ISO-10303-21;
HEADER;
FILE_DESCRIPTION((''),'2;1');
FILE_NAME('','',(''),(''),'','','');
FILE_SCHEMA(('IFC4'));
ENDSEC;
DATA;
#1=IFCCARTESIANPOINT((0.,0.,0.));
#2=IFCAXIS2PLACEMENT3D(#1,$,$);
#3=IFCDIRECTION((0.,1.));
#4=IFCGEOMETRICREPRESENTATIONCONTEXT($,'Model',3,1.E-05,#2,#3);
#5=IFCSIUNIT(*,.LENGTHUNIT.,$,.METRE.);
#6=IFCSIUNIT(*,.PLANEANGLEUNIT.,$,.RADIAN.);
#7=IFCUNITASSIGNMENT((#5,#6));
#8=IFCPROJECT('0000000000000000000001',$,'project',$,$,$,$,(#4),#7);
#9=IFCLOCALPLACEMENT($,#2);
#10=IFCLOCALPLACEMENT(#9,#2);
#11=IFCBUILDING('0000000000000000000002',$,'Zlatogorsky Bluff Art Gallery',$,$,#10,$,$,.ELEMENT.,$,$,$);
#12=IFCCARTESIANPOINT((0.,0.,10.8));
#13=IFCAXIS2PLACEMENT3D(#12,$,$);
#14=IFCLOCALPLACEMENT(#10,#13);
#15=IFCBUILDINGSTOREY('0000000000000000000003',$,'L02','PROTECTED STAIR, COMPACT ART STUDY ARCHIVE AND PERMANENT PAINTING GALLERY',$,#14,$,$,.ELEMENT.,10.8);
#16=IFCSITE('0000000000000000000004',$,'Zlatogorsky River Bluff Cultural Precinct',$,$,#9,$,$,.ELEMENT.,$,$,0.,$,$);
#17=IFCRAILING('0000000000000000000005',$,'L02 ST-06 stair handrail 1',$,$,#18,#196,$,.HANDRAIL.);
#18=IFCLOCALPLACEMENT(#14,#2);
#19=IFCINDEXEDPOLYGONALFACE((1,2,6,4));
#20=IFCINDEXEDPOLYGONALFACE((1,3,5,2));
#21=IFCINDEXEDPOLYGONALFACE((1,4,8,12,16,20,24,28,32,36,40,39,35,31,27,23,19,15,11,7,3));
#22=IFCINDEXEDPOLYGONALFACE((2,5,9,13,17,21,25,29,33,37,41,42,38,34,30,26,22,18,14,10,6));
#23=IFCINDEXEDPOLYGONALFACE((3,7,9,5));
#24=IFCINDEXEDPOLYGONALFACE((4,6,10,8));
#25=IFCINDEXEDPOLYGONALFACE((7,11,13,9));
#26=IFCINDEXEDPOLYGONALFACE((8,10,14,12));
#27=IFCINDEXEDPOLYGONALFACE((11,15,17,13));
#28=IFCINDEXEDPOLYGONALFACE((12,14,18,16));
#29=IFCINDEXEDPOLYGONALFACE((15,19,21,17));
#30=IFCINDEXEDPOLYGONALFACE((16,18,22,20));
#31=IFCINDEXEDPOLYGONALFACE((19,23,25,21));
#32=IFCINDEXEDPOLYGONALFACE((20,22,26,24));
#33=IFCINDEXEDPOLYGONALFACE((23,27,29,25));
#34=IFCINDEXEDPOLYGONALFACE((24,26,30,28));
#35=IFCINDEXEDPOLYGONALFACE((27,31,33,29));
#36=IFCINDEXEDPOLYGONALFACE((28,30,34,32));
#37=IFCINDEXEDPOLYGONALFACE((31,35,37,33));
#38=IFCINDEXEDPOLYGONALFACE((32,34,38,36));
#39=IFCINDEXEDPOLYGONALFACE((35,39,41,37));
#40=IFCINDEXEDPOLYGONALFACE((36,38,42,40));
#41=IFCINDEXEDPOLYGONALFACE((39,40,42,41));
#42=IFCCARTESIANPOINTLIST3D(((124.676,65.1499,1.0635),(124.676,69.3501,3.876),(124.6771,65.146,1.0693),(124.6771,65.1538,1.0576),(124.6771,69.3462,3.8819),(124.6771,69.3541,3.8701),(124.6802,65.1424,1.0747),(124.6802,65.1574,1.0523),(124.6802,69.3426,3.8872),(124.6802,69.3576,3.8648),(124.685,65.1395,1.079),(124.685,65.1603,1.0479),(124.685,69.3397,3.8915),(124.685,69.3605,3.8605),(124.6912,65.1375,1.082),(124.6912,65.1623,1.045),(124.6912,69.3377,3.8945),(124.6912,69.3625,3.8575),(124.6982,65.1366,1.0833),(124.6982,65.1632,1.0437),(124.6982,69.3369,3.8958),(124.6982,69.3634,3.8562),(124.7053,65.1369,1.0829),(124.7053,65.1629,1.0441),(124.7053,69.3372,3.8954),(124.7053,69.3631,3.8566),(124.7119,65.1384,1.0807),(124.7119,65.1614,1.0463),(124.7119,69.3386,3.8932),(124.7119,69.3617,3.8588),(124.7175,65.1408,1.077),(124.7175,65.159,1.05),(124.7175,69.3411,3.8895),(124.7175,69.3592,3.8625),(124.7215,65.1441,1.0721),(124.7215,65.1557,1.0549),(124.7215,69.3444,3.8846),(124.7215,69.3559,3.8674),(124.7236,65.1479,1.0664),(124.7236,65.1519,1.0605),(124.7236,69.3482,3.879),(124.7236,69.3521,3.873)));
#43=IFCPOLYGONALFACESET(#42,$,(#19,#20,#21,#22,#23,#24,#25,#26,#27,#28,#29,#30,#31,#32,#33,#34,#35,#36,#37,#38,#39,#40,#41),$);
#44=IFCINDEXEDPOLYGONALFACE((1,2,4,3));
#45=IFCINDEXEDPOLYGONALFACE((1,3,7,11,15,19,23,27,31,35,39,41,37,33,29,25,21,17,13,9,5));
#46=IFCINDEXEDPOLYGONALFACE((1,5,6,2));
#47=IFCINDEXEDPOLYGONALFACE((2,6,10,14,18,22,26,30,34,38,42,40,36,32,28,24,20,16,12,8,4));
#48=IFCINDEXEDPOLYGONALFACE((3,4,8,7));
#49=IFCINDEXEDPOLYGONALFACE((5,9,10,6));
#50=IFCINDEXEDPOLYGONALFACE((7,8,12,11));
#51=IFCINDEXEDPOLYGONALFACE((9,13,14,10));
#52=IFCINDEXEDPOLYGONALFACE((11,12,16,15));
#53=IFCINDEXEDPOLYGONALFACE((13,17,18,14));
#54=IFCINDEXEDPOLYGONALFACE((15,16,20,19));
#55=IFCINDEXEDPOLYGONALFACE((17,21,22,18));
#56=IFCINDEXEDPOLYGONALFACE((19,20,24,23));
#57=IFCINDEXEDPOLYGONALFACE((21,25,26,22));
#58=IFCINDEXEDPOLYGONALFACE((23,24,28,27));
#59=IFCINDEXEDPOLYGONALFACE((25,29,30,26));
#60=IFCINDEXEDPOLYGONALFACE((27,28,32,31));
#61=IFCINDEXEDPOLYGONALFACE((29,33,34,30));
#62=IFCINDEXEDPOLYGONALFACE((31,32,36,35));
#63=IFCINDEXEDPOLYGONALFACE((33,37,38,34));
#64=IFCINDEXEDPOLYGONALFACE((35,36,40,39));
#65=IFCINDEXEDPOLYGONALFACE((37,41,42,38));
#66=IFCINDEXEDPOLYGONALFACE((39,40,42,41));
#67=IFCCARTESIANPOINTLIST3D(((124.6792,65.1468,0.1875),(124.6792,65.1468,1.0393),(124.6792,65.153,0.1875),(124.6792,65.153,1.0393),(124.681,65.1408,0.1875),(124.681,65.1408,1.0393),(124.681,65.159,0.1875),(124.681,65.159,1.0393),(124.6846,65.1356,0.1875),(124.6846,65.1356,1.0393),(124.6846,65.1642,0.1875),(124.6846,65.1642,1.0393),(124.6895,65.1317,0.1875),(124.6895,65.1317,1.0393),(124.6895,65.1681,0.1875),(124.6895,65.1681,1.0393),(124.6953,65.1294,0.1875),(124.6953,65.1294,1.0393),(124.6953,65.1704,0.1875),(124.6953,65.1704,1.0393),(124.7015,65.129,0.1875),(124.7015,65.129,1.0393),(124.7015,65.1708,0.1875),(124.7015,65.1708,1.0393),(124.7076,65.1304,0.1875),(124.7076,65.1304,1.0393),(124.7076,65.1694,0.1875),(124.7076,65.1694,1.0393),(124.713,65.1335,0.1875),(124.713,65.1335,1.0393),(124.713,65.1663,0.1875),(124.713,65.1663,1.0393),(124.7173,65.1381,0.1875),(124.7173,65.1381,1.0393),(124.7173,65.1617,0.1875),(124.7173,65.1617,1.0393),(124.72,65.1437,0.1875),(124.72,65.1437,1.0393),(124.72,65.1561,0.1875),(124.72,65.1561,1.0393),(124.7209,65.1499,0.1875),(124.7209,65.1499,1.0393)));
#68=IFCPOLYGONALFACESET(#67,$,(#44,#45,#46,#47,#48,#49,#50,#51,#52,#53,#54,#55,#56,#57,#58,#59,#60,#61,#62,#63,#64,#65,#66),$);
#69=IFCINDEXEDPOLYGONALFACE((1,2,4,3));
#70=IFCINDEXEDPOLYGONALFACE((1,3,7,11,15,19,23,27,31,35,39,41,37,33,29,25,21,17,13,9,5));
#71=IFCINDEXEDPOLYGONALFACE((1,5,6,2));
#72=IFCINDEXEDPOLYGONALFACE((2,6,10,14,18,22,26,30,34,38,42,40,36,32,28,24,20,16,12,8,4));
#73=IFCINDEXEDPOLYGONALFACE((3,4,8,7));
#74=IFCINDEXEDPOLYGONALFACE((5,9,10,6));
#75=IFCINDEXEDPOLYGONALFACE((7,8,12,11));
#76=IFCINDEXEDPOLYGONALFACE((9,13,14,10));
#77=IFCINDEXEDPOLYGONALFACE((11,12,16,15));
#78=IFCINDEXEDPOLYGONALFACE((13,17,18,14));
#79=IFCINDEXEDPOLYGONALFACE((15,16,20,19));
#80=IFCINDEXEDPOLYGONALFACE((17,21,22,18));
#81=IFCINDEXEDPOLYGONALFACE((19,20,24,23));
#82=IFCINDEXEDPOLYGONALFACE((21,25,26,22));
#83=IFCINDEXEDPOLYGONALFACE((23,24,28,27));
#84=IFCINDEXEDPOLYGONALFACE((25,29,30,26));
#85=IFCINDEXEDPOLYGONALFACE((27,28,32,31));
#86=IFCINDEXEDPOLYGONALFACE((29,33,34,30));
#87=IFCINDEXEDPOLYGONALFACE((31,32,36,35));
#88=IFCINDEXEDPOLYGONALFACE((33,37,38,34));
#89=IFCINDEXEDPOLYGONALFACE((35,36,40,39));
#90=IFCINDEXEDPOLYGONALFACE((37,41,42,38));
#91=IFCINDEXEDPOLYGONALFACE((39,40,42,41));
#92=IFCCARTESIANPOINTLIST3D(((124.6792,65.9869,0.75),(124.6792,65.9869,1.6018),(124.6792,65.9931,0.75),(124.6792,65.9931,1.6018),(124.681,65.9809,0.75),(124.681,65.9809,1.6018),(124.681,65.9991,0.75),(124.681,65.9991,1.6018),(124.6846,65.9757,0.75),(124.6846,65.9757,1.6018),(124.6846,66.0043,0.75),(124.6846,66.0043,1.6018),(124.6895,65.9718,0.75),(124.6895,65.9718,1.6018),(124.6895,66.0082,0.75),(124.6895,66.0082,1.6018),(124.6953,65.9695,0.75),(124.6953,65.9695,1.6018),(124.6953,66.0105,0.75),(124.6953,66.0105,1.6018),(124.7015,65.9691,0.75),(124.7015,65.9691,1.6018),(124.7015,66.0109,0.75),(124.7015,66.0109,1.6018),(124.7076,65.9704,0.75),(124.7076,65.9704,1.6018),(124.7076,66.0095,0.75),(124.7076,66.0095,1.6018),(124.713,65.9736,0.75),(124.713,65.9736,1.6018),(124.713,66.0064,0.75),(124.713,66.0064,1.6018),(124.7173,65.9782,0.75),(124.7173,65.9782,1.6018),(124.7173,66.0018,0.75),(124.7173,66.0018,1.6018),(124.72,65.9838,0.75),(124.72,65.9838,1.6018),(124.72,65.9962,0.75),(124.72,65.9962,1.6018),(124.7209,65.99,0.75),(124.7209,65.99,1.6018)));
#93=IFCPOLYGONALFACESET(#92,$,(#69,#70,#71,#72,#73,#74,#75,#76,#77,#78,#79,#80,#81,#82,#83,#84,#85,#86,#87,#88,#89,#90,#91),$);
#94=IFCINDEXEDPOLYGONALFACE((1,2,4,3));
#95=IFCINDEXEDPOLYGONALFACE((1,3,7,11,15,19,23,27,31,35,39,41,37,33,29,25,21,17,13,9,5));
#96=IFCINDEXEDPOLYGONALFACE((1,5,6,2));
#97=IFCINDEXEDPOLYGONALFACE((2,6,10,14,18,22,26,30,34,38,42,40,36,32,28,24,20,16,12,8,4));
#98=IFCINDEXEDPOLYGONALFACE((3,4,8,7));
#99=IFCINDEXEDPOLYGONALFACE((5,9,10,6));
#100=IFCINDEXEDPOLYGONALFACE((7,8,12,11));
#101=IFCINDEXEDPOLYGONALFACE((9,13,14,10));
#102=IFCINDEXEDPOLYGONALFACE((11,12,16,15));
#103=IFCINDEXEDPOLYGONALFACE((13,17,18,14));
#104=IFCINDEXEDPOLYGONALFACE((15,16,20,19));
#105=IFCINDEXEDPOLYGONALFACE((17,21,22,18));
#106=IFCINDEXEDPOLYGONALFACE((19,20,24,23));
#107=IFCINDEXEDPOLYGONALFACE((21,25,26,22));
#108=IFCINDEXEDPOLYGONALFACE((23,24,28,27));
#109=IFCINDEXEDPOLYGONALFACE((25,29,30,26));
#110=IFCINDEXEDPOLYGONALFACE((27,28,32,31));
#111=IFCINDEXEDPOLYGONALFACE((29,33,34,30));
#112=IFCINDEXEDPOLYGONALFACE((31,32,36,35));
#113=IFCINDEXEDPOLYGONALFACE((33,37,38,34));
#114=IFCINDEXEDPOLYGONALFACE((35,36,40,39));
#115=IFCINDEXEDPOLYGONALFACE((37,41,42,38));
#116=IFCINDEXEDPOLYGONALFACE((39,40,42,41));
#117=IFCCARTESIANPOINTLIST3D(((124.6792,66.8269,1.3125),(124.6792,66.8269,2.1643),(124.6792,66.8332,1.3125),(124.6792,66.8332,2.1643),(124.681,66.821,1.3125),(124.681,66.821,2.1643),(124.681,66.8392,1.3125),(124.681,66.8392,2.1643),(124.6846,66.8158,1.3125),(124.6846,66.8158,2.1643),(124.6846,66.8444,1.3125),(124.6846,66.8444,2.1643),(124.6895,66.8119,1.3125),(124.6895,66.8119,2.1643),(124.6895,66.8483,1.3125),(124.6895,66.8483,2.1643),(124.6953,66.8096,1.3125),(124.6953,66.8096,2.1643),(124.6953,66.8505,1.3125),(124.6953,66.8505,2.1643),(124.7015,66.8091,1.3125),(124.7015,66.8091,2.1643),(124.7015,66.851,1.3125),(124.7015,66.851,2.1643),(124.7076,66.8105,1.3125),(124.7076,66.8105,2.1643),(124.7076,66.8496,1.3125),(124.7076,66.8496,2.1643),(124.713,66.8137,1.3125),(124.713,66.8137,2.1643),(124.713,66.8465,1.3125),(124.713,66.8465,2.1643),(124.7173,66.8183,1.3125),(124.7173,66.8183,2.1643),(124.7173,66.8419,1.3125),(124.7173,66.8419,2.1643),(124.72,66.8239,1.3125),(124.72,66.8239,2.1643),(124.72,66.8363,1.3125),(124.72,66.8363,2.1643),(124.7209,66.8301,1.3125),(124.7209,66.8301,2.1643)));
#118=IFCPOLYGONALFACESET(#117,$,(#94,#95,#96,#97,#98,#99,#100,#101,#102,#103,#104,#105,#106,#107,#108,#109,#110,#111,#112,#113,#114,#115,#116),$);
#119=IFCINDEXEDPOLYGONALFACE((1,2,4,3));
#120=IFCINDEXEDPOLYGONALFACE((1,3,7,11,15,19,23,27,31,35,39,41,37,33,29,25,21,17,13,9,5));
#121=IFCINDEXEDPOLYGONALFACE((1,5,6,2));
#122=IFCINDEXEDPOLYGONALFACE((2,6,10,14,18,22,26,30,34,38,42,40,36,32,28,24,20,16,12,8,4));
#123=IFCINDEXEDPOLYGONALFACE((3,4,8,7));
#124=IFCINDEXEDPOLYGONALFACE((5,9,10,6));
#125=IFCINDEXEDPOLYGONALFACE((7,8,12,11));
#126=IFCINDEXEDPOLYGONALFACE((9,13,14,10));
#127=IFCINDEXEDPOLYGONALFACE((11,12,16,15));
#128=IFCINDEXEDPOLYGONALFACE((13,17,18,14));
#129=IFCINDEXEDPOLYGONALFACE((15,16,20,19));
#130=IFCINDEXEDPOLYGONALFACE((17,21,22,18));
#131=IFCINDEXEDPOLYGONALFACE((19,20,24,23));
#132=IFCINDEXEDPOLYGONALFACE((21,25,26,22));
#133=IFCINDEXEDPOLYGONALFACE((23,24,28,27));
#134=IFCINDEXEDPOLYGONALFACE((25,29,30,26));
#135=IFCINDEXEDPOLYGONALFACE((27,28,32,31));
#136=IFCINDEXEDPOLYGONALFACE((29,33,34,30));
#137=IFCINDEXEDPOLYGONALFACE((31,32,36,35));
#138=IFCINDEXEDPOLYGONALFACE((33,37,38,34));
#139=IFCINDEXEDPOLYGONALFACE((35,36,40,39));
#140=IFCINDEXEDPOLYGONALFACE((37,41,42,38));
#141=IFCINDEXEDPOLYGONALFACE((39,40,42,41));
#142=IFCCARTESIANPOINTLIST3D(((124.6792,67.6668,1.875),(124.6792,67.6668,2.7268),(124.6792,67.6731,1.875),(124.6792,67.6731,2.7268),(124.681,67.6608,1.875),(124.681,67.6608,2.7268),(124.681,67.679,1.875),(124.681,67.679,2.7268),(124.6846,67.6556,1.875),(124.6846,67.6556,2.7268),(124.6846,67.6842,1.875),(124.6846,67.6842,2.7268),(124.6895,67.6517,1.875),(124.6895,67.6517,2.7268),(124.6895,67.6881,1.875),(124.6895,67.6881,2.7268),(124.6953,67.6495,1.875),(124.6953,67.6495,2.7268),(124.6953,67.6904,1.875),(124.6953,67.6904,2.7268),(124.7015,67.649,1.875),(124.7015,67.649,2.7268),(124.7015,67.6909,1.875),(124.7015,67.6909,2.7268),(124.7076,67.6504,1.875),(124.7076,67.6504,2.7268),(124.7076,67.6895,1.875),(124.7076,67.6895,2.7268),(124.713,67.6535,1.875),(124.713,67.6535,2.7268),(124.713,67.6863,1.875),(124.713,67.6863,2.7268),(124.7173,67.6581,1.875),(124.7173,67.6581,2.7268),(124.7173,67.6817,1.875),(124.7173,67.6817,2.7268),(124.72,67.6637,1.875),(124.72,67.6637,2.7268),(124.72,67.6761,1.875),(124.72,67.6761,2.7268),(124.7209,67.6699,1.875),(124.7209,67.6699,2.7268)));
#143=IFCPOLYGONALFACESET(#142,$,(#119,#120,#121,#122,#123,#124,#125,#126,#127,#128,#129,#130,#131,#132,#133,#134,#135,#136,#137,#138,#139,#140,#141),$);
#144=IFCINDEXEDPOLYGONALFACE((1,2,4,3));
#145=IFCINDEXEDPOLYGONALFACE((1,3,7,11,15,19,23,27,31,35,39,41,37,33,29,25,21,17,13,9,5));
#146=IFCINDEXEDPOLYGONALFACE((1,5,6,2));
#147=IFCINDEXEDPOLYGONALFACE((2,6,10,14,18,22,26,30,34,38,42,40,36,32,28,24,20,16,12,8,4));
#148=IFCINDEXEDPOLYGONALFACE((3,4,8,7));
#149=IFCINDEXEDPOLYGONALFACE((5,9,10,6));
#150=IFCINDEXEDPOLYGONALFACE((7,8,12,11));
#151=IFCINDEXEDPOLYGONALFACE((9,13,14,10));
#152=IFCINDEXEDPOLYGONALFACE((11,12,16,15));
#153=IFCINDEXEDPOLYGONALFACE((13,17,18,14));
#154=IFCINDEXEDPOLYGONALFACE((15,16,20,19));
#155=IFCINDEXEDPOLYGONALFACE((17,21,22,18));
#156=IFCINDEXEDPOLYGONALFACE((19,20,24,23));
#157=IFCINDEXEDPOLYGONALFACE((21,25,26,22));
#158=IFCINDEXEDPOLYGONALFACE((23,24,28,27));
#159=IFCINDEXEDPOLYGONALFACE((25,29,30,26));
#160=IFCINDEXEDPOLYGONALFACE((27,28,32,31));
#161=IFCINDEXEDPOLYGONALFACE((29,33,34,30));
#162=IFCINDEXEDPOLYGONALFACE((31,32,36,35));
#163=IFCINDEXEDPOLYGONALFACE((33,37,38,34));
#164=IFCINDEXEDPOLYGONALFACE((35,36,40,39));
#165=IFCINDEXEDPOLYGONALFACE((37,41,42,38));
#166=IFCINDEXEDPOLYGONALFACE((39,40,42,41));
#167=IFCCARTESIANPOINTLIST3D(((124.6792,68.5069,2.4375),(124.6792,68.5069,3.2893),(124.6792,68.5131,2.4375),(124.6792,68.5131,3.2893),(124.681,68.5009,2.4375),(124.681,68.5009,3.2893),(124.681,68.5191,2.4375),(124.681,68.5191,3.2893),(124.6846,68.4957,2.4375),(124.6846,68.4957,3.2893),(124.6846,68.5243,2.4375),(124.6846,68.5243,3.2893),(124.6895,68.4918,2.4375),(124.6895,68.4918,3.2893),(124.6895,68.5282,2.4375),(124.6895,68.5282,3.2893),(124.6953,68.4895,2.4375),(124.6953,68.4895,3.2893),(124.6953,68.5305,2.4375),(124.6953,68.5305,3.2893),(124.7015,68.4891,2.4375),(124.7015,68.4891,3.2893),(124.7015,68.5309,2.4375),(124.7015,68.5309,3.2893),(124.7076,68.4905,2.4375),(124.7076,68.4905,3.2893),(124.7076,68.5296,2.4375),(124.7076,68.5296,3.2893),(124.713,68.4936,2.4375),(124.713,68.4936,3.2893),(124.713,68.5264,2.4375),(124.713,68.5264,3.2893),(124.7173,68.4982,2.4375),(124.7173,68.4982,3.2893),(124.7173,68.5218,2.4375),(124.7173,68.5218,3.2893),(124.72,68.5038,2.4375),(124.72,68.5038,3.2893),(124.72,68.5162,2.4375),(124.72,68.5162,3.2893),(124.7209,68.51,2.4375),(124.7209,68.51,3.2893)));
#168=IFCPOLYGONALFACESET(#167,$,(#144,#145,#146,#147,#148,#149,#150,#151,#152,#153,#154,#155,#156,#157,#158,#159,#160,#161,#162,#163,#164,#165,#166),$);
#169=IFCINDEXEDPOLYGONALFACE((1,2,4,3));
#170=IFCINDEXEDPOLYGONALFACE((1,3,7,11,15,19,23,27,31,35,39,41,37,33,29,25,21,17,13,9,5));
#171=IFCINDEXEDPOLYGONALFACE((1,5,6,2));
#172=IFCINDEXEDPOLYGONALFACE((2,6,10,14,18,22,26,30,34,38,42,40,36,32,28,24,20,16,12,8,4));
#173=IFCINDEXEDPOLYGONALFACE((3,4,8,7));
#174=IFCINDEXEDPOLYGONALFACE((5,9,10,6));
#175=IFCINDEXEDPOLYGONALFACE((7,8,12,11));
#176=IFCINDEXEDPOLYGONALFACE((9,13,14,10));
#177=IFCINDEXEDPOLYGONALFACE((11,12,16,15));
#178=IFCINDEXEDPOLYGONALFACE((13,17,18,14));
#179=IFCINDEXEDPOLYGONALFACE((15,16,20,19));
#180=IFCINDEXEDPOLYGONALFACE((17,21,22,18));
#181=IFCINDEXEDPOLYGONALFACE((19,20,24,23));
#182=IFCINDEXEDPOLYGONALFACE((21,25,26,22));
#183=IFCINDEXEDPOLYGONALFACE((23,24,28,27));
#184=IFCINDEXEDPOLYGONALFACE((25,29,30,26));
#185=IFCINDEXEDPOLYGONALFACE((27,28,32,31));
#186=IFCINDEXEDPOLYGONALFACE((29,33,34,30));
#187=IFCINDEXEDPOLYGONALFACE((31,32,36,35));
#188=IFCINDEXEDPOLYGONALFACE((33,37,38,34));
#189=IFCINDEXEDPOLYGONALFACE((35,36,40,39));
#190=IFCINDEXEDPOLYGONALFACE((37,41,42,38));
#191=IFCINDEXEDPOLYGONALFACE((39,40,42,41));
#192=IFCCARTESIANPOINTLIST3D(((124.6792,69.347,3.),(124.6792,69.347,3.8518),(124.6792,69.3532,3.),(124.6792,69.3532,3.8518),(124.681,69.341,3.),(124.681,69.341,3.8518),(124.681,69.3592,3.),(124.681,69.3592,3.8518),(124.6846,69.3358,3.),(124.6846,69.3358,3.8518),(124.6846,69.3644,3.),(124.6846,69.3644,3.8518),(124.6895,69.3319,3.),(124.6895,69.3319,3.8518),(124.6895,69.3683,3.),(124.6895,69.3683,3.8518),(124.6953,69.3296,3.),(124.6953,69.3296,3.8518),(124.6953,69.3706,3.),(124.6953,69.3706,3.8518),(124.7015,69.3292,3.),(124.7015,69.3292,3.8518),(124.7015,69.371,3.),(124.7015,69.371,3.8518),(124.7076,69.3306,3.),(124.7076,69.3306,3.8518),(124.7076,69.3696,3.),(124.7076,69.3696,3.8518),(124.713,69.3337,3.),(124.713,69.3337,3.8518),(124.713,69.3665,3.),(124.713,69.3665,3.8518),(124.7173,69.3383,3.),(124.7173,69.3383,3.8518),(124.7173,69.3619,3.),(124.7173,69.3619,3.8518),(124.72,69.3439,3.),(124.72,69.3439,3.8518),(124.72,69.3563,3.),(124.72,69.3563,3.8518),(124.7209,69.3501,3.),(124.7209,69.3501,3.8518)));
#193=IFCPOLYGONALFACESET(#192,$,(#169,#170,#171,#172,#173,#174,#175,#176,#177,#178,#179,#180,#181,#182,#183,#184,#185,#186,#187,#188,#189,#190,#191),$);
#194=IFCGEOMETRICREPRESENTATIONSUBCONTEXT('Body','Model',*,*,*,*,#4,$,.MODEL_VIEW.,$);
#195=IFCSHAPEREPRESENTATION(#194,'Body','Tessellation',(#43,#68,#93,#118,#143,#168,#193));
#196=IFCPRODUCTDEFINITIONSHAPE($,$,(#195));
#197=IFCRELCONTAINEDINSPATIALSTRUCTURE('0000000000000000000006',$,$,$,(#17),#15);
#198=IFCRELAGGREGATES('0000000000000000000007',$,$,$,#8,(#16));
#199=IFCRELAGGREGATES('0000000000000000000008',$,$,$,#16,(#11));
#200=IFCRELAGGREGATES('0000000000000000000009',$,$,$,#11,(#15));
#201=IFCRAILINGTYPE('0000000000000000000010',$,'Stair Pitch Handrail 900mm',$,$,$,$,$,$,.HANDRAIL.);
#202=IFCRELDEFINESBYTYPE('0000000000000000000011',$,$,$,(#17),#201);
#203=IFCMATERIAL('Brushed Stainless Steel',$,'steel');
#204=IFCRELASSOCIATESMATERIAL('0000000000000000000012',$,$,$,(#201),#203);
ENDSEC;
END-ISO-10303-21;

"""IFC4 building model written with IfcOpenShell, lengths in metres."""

from ifc_helpers import new_model, si_unit, direction, frame, origin, origin_2d, place, context, subcontext, project, spatial, circle, extrude, material, type_object, element, save


model = new_model("IFC4")

# Units and contexts
model_context = context("Model", 3, precision=1e-05, world=origin(), true_north=direction((0.0, 1.0)))
body_context = subcontext(model_context, "Body", "Model", "MODEL_VIEW")
ifc_project = project(units=[si_unit("LENGTHUNIT", "METRE"), si_unit("PLANEANGLEUNIT", "RADIAN")], contexts=[model_context])

# Site, building, storey
site_placement = place(None, origin())
site = spatial("IfcSite", under=ifc_project, at=site_placement, Name="Zlatogorsky River Bluff Cultural Precinct", CompositionType="ELEMENT", RefElevation=0.0)
building_placement = place(site_placement, origin())
building = spatial("IfcBuilding", under=site, at=building_placement, Name="Zlatogorsky Bluff Art Gallery", CompositionType="ELEMENT")
storey_placement = place(building_placement, frame((0.0, 0.0, 10.8)))
storey = spatial("IfcBuildingStorey", under=building, at=storey_placement, Name="L02", Description="PROTECTED STAIR, COMPACT ART STUDY ARCHIVE AND PERMANENT PAINTING GALLERY", CompositionType="ELEMENT", Elevation=10.8)

# Railing
ifc_material_1 = material(Name="Brushed Stainless Steel", Category="steel")
railing_type_1 = type_object("IfcRailingType", Name="Stair Pitch Handrail 900mm", PredefinedType="HANDRAIL", material=ifc_material_1)
railing_1_placement = place(storey_placement, frame((124.7, 65.1499, 0.1875)))
element("IfcRailing", 1, at=railing_1_placement, inside=storey, type_object=railing_type_1, Name="L02 ST-06 stair handrail 1", PredefinedType="HANDRAIL", context=body_context, shape_type="SweptSolid", body=[
    extrude(circle(Radius=0.0239, at=origin_2d()), frame((0.0, 0.0, 0.876), z_axis=(0.0, 0.830919, 0.556393), x_axis=(-1.0, 0.0, 0.0)), (0.0, 0.0, 1.0), 5.0549),
    extrude(circle(Radius=0.021, at=origin_2d()), origin(), (0.0, 0.0, 1.0), 0.8518),
    extrude(circle(Radius=0.021, at=origin_2d()), frame((0.0, 0.8401, 0.5625)), (0.0, 0.0, 1.0), 0.8518),
    extrude(circle(Radius=0.021, at=origin_2d()), frame((0.0, 1.6802, 1.125)), (0.0, 0.0, 1.0), 0.8518),
    extrude(circle(Radius=0.021, at=origin_2d()), frame((0.0, 2.52, 1.6875)), (0.0, 0.0, 1.0), 0.8518),
    extrude(circle(Radius=0.021, at=origin_2d()), frame((0.0, 3.3601, 2.25)), (0.0, 0.0, 1.0), 0.8518),
    extrude(circle(Radius=0.021, at=origin_2d()), frame((0.0, 4.2002, 2.8125)), (0.0, 0.0, 1.0), 0.8518),
])

save(model, "model.ifc")
